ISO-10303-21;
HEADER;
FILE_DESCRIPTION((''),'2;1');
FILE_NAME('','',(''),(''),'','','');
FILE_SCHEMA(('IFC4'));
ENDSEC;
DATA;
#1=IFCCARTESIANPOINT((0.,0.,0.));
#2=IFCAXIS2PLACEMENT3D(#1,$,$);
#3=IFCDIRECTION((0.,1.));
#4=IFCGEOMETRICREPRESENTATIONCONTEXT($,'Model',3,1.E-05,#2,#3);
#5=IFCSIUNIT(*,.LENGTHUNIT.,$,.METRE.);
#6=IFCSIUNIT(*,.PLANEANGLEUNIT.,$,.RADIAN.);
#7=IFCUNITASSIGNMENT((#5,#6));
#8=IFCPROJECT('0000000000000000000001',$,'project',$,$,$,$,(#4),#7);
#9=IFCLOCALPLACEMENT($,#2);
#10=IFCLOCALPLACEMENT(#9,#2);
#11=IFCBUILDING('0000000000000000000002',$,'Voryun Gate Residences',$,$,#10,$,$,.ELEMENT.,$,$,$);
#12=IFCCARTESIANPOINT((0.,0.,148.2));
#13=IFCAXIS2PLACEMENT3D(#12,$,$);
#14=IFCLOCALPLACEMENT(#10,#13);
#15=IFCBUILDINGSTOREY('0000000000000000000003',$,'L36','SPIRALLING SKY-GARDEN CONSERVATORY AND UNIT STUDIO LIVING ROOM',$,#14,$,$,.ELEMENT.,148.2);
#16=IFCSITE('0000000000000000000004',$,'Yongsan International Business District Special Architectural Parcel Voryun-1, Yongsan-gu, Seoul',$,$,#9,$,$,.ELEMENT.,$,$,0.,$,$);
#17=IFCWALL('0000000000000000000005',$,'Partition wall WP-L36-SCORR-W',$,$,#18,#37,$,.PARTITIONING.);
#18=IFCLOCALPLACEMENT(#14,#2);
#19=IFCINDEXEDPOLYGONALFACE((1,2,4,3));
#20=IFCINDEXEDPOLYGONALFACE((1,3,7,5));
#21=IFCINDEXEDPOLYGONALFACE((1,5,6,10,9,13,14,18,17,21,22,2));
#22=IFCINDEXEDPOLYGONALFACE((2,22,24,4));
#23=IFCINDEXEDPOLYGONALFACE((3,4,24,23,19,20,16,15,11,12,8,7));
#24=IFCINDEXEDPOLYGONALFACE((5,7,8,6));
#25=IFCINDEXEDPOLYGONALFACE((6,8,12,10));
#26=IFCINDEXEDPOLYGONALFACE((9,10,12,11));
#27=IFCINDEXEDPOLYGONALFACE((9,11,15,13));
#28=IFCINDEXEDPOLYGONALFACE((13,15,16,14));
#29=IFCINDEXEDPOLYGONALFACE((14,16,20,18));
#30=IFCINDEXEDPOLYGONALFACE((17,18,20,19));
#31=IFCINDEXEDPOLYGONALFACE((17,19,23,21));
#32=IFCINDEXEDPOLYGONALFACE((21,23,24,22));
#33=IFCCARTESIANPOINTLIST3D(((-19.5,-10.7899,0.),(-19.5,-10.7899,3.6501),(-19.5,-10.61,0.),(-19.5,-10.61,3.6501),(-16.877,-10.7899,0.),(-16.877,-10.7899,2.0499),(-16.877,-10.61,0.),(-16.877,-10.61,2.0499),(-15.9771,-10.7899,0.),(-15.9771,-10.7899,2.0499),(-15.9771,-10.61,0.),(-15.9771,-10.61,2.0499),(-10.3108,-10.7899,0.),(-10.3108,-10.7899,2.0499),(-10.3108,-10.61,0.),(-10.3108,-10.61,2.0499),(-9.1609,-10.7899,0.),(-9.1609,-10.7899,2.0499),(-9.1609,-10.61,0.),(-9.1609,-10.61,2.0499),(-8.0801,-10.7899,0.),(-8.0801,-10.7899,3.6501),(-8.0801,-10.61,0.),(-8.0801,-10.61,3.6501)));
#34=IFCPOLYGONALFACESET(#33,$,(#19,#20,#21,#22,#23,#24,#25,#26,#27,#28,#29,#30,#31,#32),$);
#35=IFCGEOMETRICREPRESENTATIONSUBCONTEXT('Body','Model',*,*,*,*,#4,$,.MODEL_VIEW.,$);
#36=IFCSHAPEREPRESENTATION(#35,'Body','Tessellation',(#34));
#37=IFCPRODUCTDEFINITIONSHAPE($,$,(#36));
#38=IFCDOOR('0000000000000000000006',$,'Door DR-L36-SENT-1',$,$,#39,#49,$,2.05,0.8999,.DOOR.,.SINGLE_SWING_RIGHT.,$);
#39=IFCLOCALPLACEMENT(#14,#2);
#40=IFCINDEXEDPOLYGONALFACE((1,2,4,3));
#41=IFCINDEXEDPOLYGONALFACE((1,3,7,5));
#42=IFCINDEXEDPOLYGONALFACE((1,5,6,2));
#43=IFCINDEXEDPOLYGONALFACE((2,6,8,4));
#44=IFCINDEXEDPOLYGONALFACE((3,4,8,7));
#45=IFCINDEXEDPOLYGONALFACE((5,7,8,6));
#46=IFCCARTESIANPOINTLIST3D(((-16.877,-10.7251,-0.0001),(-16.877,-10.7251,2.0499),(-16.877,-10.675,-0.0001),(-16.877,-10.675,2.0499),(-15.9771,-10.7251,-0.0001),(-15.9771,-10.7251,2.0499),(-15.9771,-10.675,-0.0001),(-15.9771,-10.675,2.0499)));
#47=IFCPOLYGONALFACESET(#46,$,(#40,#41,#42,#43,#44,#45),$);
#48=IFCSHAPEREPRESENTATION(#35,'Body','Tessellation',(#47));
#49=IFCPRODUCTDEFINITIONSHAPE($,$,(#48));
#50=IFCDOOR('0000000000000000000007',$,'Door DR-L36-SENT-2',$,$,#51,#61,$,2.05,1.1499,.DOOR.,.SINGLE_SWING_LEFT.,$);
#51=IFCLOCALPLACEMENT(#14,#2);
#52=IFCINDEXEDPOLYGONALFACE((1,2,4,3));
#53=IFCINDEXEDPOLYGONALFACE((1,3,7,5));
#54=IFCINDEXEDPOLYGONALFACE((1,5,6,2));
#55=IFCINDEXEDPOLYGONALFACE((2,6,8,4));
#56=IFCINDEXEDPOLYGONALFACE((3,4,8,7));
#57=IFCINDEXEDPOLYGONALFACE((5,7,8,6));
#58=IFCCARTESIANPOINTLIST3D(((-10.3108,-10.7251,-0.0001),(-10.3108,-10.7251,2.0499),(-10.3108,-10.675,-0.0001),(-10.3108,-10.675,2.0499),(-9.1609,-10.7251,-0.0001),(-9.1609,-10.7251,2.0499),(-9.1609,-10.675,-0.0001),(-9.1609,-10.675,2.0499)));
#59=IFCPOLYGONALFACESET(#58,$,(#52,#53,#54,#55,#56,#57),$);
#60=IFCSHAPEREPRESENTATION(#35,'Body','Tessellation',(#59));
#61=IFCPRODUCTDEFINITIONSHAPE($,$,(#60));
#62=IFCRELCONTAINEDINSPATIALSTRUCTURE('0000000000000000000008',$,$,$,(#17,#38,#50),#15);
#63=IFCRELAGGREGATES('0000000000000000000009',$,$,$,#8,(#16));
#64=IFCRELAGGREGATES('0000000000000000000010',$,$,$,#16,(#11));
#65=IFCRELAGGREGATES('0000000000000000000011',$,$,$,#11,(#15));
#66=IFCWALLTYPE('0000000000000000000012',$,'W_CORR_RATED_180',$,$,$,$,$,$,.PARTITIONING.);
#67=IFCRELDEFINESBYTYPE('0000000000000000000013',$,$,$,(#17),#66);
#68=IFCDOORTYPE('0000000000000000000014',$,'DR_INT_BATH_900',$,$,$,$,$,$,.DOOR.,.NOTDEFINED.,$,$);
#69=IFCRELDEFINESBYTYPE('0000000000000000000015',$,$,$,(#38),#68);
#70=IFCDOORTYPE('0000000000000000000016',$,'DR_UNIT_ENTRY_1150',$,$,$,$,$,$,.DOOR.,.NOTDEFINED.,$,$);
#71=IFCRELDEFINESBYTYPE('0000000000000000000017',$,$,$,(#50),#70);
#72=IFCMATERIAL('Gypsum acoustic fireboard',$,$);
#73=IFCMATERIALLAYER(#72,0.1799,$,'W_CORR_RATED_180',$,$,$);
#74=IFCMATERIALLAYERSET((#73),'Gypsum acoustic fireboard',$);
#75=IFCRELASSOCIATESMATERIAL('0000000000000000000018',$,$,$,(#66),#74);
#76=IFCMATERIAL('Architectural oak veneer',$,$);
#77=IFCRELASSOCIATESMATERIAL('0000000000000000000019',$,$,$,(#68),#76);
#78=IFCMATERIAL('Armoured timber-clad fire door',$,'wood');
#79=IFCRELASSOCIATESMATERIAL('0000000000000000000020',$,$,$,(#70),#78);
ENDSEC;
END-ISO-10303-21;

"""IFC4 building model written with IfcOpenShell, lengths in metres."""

from ifc_helpers import new_model, si_unit, direction, frame, frame_2d, origin, place, context, subcontext, project, spatial, rectangle, extrude, material, layer, layer_set, type_object, element, fill, save


model = new_model("IFC4")

# Units and contexts
model_context = context("Model", 3, precision=1e-05, world=origin(), true_north=direction((0.0, 1.0)))
body_context = subcontext(model_context, "Body", "Model", "MODEL_VIEW")
ifc_project = project(units=[si_unit("LENGTHUNIT", "METRE"), si_unit("PLANEANGLEUNIT", "RADIAN")], contexts=[model_context])

# Site, building, storey
site_placement = place(None, origin())
site = spatial("IfcSite", under=ifc_project, at=site_placement, Name="Yongsan International Business District Special Architectural Parcel Voryun-1, Yongsan-gu, Seoul", CompositionType="ELEMENT", RefElevation=0.0)
building_placement = place(site_placement, origin())
building = spatial("IfcBuilding", under=site, at=building_placement, Name="Voryun Gate Residences", CompositionType="ELEMENT")
storey_placement = place(building_placement, frame((0.0, 0.0, 148.2)))
storey = spatial("IfcBuildingStorey", under=building, at=storey_placement, Name="L36", Description="SPIRALLING SKY-GARDEN CONSERVATORY AND UNIT STUDIO LIVING ROOM", CompositionType="ELEMENT", Elevation=148.2)

# Wall, openings, doors
ifc_material_1 = material(Name="Gypsum acoustic fireboard")
ifc_layer_1 = layer(ifc_material_1, 0.1799, Name="W_CORR_RATED_180")
ifc_layer_set_1 = layer_set([ifc_layer_1], Name="Gypsum acoustic fireboard")
wall_type = type_object("IfcWallType", Name="W_CORR_RATED_180", PredefinedType="PARTITIONING", material=ifc_layer_set_1)
wall_placement = place(storey_placement, frame((-19.5, -10.7, 0.0), z_axis=(0.0, 0.0, 1.0), x_axis=(1.0, 0.0, 0.0)))
wall = element("IfcWall", 1, at=wall_placement, inside=storey, type_object=wall_type, Name="Partition wall WP-L36-SCORR-W", PredefinedType="PARTITIONING", context=body_context, shape_type="SweptSolid", body=[
    extrude(rectangle(XDim=11.4199, YDim=0.1799, at=frame_2d((5.71, 0.0))), origin(), (0.0, 0.0, 1.0), 3.6501),
])
opening_1_placement = place(wall_placement, frame((2.623, 0.0, 0.0)))
opening_1 = element("IfcOpeningElement", 2, at=opening_1_placement, cuts=wall, PredefinedType="OPENING", context=body_context, shape_type="SweptSolid", body=[
    extrude(rectangle(XDim=0.8999, YDim=2.05, at=frame_2d((0.45, 1.0249))), frame((0.0, 0.0999, 0.0), z_axis=(0.0, -1.0, 0.0), x_axis=(1.0, 0.0, 0.0)), (0.0, 0.0, 1.0), 0.2),
])
opening_2_placement = place(wall_placement, frame((9.1892, 0.0, 0.0)))
opening_2 = element("IfcOpeningElement", 3, at=opening_2_placement, cuts=wall, PredefinedType="OPENING", context=body_context, shape_type="SweptSolid", body=[
    extrude(rectangle(XDim=1.1499, YDim=2.05, at=frame_2d((0.575, 1.0249))), frame((0.0, 0.0999, 0.0), z_axis=(0.0, -1.0, 0.0), x_axis=(1.0, 0.0, 0.0)), (0.0, 0.0, 1.0), 0.2),
])
ifc_material_2 = material(Name="Architectural oak veneer")
door_type_1 = type_object("IfcDoorType", Name="DR_INT_BATH_900", OperationType="NOTDEFINED", PredefinedType="DOOR", material=ifc_material_2)
door_1_placement = place(opening_1_placement, origin())
door_1 = element("IfcDoor", 4, at=door_1_placement, inside=storey, type_object=door_type_1, Name="Door DR-L36-SENT-1", OperationType="SINGLE_SWING_RIGHT", OverallHeight=2.05, OverallWidth=0.8999, PredefinedType="DOOR", context=body_context, shape_type="SweptSolid", body=[
    extrude(rectangle(XDim=0.8999, YDim=2.05, at=frame_2d((0.45, 1.0249))), frame((0.0, 0.0249, 0.0), z_axis=(0.0, -1.0, 0.0), x_axis=(1.0, 0.0, 0.0)), (0.0, 0.0, 1.0), 0.05),
])
fill(opening_1, door_1)
ifc_material_3 = material(Name="Armoured timber-clad fire door", Category="wood")
door_type_2 = type_object("IfcDoorType", Name="DR_UNIT_ENTRY_1150", OperationType="NOTDEFINED", PredefinedType="DOOR", material=ifc_material_3)
door_2_placement = place(opening_2_placement, origin())
door_2 = element("IfcDoor", 5, at=door_2_placement, inside=storey, type_object=door_type_2, Name="Door DR-L36-SENT-2", OperationType="SINGLE_SWING_LEFT", OverallHeight=2.05, OverallWidth=1.1499, PredefinedType="DOOR", context=body_context, shape_type="SweptSolid", body=[
    extrude(rectangle(XDim=1.1499, YDim=2.05, at=frame_2d((0.575, 1.0249))), frame((0.0, 0.0249, 0.0), z_axis=(0.0, -1.0, 0.0), x_axis=(1.0, 0.0, 0.0)), (0.0, 0.0, 1.0), 0.05),
])
fill(opening_2, door_2)

save(model, "model.ifc")
